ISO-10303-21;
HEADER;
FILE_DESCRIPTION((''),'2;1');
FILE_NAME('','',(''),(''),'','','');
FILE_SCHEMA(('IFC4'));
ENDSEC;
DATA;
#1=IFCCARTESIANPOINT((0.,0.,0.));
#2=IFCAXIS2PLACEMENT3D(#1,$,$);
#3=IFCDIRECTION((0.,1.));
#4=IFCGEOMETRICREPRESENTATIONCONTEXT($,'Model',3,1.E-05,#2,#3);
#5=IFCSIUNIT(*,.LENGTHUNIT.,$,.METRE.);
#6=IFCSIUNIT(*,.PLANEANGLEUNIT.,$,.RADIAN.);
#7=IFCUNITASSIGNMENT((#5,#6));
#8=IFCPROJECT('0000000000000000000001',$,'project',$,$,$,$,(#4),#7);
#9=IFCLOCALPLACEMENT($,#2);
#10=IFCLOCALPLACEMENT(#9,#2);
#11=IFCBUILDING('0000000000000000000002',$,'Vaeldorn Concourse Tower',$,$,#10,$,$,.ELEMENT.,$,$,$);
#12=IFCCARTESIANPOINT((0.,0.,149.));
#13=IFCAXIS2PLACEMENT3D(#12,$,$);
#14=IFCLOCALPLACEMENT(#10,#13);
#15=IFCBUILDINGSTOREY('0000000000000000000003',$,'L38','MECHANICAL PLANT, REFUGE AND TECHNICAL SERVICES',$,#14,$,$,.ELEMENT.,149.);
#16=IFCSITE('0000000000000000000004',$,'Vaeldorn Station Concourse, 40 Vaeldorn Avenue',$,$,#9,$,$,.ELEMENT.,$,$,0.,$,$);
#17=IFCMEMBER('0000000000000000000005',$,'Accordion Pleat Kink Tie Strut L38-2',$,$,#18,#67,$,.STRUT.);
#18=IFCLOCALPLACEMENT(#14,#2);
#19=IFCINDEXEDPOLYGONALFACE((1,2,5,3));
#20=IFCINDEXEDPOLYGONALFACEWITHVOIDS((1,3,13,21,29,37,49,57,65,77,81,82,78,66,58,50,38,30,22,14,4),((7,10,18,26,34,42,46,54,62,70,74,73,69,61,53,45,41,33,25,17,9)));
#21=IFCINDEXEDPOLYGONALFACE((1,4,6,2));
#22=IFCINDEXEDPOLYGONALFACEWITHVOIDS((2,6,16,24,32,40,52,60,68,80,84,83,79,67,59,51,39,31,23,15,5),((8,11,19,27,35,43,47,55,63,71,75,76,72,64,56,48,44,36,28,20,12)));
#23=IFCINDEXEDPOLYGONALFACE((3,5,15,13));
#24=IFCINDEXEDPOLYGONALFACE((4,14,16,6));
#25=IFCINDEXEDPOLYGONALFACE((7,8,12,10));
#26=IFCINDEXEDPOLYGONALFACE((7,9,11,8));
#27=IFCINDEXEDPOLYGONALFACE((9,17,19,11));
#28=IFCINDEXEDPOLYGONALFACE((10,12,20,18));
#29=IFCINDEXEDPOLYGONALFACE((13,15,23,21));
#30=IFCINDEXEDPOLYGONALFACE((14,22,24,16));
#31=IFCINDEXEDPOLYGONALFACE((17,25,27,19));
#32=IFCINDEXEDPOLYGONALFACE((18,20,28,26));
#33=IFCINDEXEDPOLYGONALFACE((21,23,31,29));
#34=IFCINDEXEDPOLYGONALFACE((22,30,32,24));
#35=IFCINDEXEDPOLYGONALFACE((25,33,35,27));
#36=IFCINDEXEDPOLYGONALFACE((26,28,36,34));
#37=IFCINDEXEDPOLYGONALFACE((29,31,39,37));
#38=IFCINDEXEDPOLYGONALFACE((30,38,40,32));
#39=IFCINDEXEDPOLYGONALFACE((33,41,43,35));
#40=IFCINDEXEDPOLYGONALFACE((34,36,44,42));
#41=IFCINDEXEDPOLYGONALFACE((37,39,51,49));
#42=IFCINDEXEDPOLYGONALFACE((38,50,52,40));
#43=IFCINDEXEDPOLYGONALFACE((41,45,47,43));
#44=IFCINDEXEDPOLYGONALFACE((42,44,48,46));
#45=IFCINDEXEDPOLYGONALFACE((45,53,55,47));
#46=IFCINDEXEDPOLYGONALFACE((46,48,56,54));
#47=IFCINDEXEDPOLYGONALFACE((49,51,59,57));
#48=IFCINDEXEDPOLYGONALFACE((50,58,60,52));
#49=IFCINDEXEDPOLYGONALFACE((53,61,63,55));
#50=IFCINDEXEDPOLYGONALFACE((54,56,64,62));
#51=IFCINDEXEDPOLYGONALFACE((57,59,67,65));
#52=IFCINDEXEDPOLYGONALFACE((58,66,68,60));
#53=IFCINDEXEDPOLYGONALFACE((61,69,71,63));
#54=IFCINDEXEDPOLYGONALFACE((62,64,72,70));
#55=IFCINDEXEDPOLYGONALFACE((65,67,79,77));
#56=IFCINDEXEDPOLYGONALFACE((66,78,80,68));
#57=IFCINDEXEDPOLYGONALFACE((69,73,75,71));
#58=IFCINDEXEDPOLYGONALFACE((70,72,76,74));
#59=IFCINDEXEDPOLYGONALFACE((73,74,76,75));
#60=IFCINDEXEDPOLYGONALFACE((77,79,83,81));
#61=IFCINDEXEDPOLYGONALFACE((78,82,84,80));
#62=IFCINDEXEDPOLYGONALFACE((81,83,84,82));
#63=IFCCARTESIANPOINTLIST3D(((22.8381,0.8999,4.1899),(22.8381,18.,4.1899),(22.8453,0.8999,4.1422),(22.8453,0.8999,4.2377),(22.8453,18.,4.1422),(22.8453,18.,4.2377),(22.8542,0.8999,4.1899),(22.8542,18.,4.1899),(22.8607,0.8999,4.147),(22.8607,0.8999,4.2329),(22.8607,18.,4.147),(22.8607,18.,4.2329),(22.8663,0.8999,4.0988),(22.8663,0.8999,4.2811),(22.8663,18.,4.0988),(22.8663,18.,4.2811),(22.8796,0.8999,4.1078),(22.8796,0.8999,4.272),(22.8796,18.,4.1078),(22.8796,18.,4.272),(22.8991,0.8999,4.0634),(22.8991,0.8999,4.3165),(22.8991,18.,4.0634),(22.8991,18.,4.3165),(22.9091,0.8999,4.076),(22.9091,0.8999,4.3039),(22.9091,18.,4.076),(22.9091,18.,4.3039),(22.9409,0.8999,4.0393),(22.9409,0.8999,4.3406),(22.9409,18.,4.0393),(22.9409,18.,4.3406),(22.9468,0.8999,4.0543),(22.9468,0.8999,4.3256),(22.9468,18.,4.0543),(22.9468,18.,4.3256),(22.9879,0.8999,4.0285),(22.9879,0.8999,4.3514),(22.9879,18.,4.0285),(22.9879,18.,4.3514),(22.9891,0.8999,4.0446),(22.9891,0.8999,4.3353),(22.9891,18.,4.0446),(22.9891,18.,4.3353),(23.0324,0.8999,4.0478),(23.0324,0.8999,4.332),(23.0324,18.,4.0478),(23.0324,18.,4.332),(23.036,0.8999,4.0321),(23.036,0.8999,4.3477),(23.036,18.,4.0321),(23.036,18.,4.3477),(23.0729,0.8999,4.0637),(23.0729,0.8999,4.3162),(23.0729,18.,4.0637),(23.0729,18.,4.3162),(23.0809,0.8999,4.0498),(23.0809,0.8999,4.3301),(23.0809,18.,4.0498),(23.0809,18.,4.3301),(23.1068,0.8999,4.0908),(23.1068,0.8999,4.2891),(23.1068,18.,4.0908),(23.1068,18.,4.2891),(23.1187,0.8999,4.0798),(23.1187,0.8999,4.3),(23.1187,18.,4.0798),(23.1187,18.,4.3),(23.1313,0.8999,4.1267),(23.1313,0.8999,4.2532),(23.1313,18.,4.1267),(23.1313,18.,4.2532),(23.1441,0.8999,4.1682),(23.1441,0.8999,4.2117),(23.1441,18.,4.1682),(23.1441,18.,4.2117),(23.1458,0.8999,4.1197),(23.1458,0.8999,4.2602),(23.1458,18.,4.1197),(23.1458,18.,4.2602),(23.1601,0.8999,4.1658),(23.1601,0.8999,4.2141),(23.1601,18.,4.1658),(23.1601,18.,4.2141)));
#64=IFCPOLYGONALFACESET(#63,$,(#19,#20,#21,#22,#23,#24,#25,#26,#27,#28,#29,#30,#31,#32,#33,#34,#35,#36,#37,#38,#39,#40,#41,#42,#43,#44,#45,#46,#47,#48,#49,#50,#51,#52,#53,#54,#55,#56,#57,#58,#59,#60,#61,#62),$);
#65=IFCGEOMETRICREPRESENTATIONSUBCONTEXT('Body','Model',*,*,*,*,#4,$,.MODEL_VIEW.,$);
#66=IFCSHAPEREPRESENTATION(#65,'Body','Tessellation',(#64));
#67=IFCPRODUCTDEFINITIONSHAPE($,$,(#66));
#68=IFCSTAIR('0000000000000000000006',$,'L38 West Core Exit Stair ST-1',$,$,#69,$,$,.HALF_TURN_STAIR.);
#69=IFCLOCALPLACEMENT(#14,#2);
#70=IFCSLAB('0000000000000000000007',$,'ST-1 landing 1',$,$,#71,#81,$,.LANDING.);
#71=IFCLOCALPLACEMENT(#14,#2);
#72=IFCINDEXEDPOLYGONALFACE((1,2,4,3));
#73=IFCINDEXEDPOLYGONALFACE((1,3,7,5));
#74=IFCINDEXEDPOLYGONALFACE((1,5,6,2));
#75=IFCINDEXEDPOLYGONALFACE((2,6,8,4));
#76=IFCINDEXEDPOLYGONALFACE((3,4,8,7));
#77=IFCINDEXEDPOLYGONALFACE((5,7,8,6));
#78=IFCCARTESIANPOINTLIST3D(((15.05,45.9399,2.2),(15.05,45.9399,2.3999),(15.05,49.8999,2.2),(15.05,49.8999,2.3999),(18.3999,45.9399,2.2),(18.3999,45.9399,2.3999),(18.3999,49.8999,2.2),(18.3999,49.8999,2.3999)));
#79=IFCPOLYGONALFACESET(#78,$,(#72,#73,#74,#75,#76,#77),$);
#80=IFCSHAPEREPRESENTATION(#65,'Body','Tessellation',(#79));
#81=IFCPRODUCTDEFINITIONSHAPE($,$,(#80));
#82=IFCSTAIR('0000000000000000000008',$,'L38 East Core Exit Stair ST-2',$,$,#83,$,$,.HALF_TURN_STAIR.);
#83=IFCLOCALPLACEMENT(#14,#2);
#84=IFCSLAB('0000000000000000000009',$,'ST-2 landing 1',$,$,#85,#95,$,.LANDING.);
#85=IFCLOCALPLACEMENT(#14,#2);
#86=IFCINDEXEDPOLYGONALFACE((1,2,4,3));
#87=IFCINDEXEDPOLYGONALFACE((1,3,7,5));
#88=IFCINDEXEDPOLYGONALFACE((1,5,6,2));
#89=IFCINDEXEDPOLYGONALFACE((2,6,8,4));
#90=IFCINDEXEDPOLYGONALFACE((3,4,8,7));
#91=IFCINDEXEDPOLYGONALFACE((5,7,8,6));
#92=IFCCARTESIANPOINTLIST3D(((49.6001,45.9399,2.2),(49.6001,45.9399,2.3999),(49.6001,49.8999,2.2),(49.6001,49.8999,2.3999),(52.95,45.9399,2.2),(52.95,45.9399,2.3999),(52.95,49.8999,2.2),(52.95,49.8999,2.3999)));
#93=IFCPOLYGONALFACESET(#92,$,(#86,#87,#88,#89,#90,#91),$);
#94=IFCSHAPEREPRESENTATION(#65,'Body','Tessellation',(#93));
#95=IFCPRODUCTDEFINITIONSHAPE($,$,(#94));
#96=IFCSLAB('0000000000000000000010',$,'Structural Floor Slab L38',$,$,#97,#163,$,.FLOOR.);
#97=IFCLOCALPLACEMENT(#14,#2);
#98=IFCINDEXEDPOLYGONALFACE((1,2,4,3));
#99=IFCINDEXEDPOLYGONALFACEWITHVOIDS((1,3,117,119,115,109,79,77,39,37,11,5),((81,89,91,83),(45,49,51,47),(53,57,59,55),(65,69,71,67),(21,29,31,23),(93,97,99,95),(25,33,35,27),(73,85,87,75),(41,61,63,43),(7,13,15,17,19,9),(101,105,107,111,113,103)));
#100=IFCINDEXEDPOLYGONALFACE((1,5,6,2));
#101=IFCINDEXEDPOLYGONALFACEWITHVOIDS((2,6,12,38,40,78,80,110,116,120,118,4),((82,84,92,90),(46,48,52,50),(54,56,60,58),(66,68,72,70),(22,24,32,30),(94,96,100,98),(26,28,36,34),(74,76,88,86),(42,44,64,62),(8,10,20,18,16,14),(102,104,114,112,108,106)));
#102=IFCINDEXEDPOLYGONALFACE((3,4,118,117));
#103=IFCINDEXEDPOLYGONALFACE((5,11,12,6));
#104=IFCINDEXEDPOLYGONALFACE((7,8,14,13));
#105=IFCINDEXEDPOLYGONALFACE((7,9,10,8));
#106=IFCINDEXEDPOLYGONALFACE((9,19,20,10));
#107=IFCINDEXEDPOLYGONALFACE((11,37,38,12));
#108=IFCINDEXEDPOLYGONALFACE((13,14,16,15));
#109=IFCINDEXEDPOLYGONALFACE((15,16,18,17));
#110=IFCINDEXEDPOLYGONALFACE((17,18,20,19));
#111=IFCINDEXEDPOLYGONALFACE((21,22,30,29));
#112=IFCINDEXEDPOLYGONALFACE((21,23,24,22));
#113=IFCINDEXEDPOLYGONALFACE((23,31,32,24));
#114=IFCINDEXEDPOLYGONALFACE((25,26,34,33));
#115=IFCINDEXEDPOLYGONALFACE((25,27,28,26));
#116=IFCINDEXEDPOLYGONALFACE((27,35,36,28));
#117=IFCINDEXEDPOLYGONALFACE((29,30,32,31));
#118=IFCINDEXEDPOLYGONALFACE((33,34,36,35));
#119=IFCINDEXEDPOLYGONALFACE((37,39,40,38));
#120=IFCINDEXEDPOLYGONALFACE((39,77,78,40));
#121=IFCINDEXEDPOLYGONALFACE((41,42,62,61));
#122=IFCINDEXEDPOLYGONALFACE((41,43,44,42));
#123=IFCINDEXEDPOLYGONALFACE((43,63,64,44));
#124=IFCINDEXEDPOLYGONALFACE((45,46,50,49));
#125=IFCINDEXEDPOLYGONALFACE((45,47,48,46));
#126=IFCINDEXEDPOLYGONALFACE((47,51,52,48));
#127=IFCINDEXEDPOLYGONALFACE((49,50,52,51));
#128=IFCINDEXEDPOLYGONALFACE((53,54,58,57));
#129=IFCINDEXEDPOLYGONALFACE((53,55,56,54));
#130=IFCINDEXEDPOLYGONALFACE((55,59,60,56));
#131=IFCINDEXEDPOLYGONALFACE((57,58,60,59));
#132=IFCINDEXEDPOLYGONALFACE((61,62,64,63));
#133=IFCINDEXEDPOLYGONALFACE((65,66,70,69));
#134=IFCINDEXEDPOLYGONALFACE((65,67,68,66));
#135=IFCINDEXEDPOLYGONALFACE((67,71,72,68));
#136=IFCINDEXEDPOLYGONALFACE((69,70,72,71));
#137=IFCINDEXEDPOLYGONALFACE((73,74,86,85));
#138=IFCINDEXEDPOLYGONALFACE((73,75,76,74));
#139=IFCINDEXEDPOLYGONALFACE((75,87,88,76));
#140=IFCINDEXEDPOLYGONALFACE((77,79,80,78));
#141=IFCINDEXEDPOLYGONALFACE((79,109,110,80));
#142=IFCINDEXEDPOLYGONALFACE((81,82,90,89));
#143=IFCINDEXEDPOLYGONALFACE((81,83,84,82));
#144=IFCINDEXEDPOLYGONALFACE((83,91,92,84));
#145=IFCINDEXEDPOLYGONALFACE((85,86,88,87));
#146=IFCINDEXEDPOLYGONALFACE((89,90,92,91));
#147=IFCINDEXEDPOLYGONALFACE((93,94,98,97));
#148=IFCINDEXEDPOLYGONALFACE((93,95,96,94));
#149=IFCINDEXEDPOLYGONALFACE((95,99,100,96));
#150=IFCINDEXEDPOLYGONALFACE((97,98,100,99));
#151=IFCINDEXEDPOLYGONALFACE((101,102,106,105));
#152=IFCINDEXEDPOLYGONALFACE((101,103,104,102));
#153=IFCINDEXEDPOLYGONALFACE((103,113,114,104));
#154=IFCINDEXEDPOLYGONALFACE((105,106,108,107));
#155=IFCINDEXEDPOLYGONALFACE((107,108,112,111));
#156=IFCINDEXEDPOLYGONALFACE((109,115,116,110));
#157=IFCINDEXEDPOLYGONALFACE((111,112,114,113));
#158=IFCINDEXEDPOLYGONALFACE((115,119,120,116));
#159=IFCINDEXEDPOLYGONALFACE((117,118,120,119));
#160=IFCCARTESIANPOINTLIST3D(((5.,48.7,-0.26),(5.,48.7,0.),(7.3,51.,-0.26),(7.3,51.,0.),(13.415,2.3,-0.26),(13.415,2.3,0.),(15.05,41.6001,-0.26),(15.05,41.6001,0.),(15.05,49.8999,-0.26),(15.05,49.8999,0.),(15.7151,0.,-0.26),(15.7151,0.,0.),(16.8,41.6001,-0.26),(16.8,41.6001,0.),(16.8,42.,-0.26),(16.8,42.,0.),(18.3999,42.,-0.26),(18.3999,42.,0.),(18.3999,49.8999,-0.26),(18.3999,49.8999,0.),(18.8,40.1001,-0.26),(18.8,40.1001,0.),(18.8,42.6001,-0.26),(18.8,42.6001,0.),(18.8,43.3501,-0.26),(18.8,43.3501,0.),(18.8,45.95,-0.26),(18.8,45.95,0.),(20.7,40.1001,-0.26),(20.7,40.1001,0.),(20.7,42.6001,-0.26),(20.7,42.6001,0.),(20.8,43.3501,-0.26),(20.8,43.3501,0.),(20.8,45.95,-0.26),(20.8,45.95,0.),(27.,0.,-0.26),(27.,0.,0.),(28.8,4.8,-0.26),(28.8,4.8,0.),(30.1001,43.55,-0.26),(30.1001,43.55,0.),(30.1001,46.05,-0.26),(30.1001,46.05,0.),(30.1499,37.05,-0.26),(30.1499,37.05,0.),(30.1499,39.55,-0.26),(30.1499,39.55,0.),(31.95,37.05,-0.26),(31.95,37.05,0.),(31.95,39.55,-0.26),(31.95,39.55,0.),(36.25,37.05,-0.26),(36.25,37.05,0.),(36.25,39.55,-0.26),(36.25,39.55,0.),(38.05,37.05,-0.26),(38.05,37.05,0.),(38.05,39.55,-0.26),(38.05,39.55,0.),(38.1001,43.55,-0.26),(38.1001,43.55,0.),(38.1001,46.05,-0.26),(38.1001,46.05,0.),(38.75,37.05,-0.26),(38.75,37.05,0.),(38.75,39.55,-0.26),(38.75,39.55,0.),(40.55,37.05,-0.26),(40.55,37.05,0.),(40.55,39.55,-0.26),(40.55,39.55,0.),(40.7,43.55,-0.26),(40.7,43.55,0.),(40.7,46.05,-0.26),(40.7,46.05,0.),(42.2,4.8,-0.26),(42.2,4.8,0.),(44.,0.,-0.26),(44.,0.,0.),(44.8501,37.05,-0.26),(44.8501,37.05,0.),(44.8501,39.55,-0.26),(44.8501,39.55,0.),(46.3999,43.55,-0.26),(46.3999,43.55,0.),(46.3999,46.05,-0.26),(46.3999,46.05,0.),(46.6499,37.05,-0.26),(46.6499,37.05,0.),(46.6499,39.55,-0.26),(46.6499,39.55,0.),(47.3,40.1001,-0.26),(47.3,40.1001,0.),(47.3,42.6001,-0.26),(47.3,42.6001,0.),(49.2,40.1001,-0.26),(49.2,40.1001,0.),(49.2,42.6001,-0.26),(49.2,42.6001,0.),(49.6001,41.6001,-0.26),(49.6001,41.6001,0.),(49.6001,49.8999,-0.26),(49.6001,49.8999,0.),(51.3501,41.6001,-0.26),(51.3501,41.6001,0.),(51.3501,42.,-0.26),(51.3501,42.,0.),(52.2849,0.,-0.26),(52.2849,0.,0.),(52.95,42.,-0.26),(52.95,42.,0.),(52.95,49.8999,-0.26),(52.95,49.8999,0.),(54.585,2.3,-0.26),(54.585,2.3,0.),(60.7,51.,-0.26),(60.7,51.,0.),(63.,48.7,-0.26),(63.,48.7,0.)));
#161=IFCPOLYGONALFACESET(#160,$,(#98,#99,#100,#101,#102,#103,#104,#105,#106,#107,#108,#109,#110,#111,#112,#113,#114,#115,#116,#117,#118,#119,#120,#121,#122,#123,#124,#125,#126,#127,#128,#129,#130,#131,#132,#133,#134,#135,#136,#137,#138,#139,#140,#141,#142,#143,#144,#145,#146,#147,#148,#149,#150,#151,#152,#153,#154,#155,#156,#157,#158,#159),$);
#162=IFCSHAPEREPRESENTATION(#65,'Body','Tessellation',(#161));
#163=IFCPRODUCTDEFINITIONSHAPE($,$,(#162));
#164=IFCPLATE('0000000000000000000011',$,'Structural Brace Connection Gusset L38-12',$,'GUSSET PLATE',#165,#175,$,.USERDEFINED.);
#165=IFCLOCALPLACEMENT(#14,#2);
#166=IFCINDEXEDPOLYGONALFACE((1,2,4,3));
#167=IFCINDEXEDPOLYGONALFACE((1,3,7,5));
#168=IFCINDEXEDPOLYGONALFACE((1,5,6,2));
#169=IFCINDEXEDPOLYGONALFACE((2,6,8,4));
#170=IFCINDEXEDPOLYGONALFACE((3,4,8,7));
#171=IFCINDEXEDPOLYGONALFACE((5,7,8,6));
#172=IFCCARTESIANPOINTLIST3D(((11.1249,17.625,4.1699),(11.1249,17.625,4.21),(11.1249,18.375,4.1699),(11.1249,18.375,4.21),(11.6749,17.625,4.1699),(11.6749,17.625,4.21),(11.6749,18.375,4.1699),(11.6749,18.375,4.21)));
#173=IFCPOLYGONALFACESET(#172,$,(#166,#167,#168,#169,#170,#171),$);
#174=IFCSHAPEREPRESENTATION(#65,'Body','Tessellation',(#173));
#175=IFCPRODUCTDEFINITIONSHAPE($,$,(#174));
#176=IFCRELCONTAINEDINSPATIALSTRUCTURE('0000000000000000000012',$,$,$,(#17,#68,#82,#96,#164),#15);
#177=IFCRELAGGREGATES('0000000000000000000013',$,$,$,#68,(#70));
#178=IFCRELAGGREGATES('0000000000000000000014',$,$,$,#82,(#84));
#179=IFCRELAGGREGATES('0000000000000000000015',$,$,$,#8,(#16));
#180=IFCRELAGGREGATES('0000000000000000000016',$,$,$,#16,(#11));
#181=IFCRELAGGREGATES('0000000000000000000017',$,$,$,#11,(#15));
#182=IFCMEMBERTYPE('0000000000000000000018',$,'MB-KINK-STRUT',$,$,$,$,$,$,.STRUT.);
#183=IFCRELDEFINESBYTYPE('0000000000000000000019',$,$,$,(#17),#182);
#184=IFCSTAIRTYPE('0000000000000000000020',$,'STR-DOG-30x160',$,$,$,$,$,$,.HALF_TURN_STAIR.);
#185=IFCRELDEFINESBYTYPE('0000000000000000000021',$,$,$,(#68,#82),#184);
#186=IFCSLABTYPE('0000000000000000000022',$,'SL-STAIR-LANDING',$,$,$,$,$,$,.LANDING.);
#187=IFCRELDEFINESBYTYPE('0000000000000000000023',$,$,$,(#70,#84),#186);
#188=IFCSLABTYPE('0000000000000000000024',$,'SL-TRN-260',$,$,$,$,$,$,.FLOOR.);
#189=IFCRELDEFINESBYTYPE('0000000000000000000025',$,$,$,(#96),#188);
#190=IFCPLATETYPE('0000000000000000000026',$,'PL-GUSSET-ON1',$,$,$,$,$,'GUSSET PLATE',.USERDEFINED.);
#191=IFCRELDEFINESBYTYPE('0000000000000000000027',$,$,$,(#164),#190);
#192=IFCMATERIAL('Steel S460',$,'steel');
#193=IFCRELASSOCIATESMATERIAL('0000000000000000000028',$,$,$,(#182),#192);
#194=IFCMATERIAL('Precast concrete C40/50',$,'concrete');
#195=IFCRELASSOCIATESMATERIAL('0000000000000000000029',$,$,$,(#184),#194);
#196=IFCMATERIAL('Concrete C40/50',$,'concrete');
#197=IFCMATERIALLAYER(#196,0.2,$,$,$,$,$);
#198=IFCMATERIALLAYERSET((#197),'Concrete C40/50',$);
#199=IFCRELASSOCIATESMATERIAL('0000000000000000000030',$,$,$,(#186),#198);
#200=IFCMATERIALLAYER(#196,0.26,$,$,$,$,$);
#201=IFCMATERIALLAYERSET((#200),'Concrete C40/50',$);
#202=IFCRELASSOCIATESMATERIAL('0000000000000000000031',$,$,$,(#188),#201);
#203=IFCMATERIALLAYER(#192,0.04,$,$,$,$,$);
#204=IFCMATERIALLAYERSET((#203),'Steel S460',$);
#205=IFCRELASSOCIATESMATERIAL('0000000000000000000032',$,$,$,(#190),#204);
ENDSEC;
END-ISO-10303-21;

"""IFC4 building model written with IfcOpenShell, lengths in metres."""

from ifc_helpers import new_model, si_unit, direction, frame, origin, origin_2d, place, context, subcontext, project, spatial, polyline, rectangle, hollow_circle, outline, extrude, source, transform, mapped, material, layer, layer_set, material_profile, profile_set, type_object, element, aggregate, save


model = new_model("IFC4")

# Units and contexts
model_context = context("Model", 3, precision=1e-05, world=origin(), true_north=direction((0.0, 1.0)))
body_context = subcontext(model_context, "Body", "Model", "MODEL_VIEW")
ifc_project = project(units=[si_unit("LENGTHUNIT", "METRE"), si_unit("PLANEANGLEUNIT", "RADIAN")], contexts=[model_context])

# Site, building, storey
site_placement = place(None, origin())
site = spatial("IfcSite", under=ifc_project, at=site_placement, Name="Vaeldorn Station Concourse, 40 Vaeldorn Avenue", CompositionType="ELEMENT", RefElevation=0.0)
building_placement = place(site_placement, origin())
building = spatial("IfcBuilding", under=site, at=building_placement, Name="Vaeldorn Concourse Tower", CompositionType="ELEMENT")
storey_placement = place(building_placement, frame((0.0, 0.0, 149.0)))
storey = spatial("IfcBuildingStorey", under=building, at=storey_placement, Name="L38", Description="MECHANICAL PLANT, REFUGE AND TECHNICAL SERVICES", CompositionType="ELEMENT", Elevation=149.0)

# Shared definitions
ifc_material_1 = material(Name="Steel S460", Category="steel")

# Member
ifc_material_profile_1 = material_profile(ifc_material_1, hollow_circle(Radius=0.1619, WallThickness=0.0161, at=origin_2d()), Name="CHS 323.9x16")
ifc_profile_set_1 = profile_set([ifc_material_profile_1], Name="Steel S460")
member_type = type_object("IfcMemberType", Name="MB-KINK-STRUT", PredefinedType="STRUT", material=ifc_profile_set_1)
shared_shape_1 = source(origin(), body_context, "Body", "SweptSolid", [
    extrude(hollow_circle(Radius=0.1619, WallThickness=0.0161, at=origin_2d()), origin(), (0.0, 0.0, 1.0), 17.1001),
])
member_1_placement = place(storey_placement, frame((23.0, 0.8999, 4.1899), z_axis=(0.0, 1.0, 0.0), x_axis=(-1.0, 0.0, 0.0)))
element("IfcMember", 1, at=member_1_placement, inside=storey, type_object=member_type, Name="Accordion Pleat Kink Tie Strut L38-2", PredefinedType="STRUT", context=body_context, shape_type="MappedRepresentation", body=[
    mapped(shared_shape_1, transform((0.0, 0.0, 0.0), scale=1.0)),
])

# Stairs, slabs
ifc_material_2 = material(Name="Precast concrete C40/50", Category="concrete")
stair_type = type_object("IfcStairType", Name="STR-DOG-30x160", PredefinedType="HALF_TURN_STAIR", material=ifc_material_2)
stair_1_placement = place(storey_placement, origin())
stair_1 = element("IfcStair", 2, at=stair_1_placement, inside=storey, type_object=stair_type, Name="L38 West Core Exit Stair ST-1", PredefinedType="HALF_TURN_STAIR")
ifc_material_3 = material(Name="Concrete C40/50", Category="concrete")
ifc_layer_1 = layer(ifc_material_3, 0.2)
ifc_layer_set_1 = layer_set([ifc_layer_1], Name="Concrete C40/50")
slab_type_1 = type_object("IfcSlabType", Name="SL-STAIR-LANDING", PredefinedType="LANDING", material=ifc_layer_set_1)
slab_1_placement = place(storey_placement, frame((0.0, 0.0, 2.2)))
slab_1 = element("IfcSlab", 3, at=slab_1_placement, type_object=slab_type_1, Name="ST-1 landing 1", PredefinedType="LANDING", context=body_context, shape_type="SweptSolid", body=[
    extrude(outline(polyline([(18.3999, 45.9399), (18.3999, 49.8999), (15.05, 49.8999), (15.05, 45.9399), (18.3999, 45.9399)])), origin(), (0.0, 0.0, 1.0), 0.2),
])
aggregate(stair_1, [slab_1])
stair_2_placement = place(storey_placement, origin())
stair_2 = element("IfcStair", 4, at=stair_2_placement, inside=storey, type_object=stair_type, Name="L38 East Core Exit Stair ST-2", PredefinedType="HALF_TURN_STAIR")
slab_2_placement = place(storey_placement, frame((0.0, 0.0, 2.2)))
slab_2 = element("IfcSlab", 5, at=slab_2_placement, type_object=slab_type_1, Name="ST-2 landing 1", PredefinedType="LANDING", context=body_context, shape_type="SweptSolid", body=[
    extrude(outline(polyline([(52.95, 45.9399), (52.95, 49.8999), (49.6001, 49.8999), (49.6001, 45.9399), (52.95, 45.9399)])), origin(), (0.0, 0.0, 1.0), 0.2),
])
aggregate(stair_2, [slab_2])

# Slab
ifc_layer_2 = layer(ifc_material_3, 0.26)
ifc_layer_set_2 = layer_set([ifc_layer_2], Name="Concrete C40/50")
slab_type_2 = type_object("IfcSlabType", Name="SL-TRN-260", PredefinedType="FLOOR", material=ifc_layer_set_2)
slab_3_placement = place(storey_placement, frame((0.0, 0.0, -0.26)))
element("IfcSlab", 6, at=slab_3_placement, inside=storey, type_object=slab_type_2, Name="Structural Floor Slab L38", PredefinedType="FLOOR", context=body_context, shape_type="SweptSolid", body=[
    extrude(outline(polyline([(15.7151, 0.0), (27.0, 0.0), (28.8, 4.8), (42.2, 4.8), (44.0, 0.0), (52.2849, 0.0), (54.585, 2.3), (63.0, 48.7), (60.7, 51.0), (7.3, 51.0), (5.0, 48.7), (13.415, 2.3), (15.7151, 0.0)]), holes=[polyline([(18.3999, 42.0), (18.3999, 49.8999), (15.05, 49.8999), (15.05, 41.6001), (16.8, 41.6001), (16.8, 42.0), (18.3999, 42.0)]), polyline([(52.95, 42.0), (52.95, 49.8999), (49.6001, 49.8999), (49.6001, 41.6001), (51.3501, 41.6001), (51.3501, 42.0), (52.95, 42.0)]), polyline([(30.1499, 37.05), (31.95, 37.05), (31.95, 39.55), (30.1499, 39.55), (30.1499, 37.05)]), polyline([(36.25, 37.05), (38.05, 37.05), (38.05, 39.55), (36.25, 39.55), (36.25, 37.05)]), polyline([(30.1001, 43.55), (38.1001, 43.55), (38.1001, 46.05), (30.1001, 46.05), (30.1001, 43.55)]), polyline([(38.75, 37.05), (40.55, 37.05), (40.55, 39.55), (38.75, 39.55), (38.75, 37.05)]), polyline([(44.8501, 37.05), (46.6499, 37.05), (46.6499, 39.55), (44.8501, 39.55), (44.8501, 37.05)]), polyline([(40.7, 43.55), (46.3999, 43.55), (46.3999, 46.05), (40.7, 46.05), (40.7, 43.55)]), polyline([(18.8, 43.3501), (20.8, 43.3501), (20.8, 45.95), (18.8, 45.95), (18.8, 43.3501)]), polyline([(18.8, 40.1001), (20.7, 40.1001), (20.7, 42.6001), (18.8, 42.6001), (18.8, 40.1001)]), polyline([(47.3, 40.1001), (49.2, 40.1001), (49.2, 42.6001), (47.3, 42.6001), (47.3, 40.1001)])]), origin(), (0.0, 0.0, 1.0), 0.26),
])

# Plate
ifc_layer_3 = layer(ifc_material_1, 0.04)
ifc_layer_set_3 = layer_set([ifc_layer_3], Name="Steel S460")
plate_type_1 = type_object("IfcPlateType", Name="PL-GUSSET-ON1", ElementType="GUSSET PLATE", PredefinedType="USERDEFINED", material=ifc_layer_set_3)
shared_shape_2 = source(origin(), body_context, "Body", "SweptSolid", [
    extrude(rectangle(XDim=0.75, YDim=0.55, at=origin_2d()), origin(), (0.0, 0.0, 1.0), 0.04),
])
plate_placement = place(storey_placement, frame((11.3999, 18.0, 4.1699), z_axis=(0.0, 0.0, 1.0), x_axis=(0.0, 1.0, 0.0)))
element("IfcPlate", 7, at=plate_placement, inside=storey, type_object=plate_type_1, Name="Structural Brace Connection Gusset L38-12", ObjectType="GUSSET PLATE", PredefinedType="USERDEFINED", context=body_context, shape_type="MappedRepresentation", body=[
    mapped(shared_shape_2, transform((0.0, 0.0, 0.0), scale=1.0)),
])

save(model, "model.ifc")
